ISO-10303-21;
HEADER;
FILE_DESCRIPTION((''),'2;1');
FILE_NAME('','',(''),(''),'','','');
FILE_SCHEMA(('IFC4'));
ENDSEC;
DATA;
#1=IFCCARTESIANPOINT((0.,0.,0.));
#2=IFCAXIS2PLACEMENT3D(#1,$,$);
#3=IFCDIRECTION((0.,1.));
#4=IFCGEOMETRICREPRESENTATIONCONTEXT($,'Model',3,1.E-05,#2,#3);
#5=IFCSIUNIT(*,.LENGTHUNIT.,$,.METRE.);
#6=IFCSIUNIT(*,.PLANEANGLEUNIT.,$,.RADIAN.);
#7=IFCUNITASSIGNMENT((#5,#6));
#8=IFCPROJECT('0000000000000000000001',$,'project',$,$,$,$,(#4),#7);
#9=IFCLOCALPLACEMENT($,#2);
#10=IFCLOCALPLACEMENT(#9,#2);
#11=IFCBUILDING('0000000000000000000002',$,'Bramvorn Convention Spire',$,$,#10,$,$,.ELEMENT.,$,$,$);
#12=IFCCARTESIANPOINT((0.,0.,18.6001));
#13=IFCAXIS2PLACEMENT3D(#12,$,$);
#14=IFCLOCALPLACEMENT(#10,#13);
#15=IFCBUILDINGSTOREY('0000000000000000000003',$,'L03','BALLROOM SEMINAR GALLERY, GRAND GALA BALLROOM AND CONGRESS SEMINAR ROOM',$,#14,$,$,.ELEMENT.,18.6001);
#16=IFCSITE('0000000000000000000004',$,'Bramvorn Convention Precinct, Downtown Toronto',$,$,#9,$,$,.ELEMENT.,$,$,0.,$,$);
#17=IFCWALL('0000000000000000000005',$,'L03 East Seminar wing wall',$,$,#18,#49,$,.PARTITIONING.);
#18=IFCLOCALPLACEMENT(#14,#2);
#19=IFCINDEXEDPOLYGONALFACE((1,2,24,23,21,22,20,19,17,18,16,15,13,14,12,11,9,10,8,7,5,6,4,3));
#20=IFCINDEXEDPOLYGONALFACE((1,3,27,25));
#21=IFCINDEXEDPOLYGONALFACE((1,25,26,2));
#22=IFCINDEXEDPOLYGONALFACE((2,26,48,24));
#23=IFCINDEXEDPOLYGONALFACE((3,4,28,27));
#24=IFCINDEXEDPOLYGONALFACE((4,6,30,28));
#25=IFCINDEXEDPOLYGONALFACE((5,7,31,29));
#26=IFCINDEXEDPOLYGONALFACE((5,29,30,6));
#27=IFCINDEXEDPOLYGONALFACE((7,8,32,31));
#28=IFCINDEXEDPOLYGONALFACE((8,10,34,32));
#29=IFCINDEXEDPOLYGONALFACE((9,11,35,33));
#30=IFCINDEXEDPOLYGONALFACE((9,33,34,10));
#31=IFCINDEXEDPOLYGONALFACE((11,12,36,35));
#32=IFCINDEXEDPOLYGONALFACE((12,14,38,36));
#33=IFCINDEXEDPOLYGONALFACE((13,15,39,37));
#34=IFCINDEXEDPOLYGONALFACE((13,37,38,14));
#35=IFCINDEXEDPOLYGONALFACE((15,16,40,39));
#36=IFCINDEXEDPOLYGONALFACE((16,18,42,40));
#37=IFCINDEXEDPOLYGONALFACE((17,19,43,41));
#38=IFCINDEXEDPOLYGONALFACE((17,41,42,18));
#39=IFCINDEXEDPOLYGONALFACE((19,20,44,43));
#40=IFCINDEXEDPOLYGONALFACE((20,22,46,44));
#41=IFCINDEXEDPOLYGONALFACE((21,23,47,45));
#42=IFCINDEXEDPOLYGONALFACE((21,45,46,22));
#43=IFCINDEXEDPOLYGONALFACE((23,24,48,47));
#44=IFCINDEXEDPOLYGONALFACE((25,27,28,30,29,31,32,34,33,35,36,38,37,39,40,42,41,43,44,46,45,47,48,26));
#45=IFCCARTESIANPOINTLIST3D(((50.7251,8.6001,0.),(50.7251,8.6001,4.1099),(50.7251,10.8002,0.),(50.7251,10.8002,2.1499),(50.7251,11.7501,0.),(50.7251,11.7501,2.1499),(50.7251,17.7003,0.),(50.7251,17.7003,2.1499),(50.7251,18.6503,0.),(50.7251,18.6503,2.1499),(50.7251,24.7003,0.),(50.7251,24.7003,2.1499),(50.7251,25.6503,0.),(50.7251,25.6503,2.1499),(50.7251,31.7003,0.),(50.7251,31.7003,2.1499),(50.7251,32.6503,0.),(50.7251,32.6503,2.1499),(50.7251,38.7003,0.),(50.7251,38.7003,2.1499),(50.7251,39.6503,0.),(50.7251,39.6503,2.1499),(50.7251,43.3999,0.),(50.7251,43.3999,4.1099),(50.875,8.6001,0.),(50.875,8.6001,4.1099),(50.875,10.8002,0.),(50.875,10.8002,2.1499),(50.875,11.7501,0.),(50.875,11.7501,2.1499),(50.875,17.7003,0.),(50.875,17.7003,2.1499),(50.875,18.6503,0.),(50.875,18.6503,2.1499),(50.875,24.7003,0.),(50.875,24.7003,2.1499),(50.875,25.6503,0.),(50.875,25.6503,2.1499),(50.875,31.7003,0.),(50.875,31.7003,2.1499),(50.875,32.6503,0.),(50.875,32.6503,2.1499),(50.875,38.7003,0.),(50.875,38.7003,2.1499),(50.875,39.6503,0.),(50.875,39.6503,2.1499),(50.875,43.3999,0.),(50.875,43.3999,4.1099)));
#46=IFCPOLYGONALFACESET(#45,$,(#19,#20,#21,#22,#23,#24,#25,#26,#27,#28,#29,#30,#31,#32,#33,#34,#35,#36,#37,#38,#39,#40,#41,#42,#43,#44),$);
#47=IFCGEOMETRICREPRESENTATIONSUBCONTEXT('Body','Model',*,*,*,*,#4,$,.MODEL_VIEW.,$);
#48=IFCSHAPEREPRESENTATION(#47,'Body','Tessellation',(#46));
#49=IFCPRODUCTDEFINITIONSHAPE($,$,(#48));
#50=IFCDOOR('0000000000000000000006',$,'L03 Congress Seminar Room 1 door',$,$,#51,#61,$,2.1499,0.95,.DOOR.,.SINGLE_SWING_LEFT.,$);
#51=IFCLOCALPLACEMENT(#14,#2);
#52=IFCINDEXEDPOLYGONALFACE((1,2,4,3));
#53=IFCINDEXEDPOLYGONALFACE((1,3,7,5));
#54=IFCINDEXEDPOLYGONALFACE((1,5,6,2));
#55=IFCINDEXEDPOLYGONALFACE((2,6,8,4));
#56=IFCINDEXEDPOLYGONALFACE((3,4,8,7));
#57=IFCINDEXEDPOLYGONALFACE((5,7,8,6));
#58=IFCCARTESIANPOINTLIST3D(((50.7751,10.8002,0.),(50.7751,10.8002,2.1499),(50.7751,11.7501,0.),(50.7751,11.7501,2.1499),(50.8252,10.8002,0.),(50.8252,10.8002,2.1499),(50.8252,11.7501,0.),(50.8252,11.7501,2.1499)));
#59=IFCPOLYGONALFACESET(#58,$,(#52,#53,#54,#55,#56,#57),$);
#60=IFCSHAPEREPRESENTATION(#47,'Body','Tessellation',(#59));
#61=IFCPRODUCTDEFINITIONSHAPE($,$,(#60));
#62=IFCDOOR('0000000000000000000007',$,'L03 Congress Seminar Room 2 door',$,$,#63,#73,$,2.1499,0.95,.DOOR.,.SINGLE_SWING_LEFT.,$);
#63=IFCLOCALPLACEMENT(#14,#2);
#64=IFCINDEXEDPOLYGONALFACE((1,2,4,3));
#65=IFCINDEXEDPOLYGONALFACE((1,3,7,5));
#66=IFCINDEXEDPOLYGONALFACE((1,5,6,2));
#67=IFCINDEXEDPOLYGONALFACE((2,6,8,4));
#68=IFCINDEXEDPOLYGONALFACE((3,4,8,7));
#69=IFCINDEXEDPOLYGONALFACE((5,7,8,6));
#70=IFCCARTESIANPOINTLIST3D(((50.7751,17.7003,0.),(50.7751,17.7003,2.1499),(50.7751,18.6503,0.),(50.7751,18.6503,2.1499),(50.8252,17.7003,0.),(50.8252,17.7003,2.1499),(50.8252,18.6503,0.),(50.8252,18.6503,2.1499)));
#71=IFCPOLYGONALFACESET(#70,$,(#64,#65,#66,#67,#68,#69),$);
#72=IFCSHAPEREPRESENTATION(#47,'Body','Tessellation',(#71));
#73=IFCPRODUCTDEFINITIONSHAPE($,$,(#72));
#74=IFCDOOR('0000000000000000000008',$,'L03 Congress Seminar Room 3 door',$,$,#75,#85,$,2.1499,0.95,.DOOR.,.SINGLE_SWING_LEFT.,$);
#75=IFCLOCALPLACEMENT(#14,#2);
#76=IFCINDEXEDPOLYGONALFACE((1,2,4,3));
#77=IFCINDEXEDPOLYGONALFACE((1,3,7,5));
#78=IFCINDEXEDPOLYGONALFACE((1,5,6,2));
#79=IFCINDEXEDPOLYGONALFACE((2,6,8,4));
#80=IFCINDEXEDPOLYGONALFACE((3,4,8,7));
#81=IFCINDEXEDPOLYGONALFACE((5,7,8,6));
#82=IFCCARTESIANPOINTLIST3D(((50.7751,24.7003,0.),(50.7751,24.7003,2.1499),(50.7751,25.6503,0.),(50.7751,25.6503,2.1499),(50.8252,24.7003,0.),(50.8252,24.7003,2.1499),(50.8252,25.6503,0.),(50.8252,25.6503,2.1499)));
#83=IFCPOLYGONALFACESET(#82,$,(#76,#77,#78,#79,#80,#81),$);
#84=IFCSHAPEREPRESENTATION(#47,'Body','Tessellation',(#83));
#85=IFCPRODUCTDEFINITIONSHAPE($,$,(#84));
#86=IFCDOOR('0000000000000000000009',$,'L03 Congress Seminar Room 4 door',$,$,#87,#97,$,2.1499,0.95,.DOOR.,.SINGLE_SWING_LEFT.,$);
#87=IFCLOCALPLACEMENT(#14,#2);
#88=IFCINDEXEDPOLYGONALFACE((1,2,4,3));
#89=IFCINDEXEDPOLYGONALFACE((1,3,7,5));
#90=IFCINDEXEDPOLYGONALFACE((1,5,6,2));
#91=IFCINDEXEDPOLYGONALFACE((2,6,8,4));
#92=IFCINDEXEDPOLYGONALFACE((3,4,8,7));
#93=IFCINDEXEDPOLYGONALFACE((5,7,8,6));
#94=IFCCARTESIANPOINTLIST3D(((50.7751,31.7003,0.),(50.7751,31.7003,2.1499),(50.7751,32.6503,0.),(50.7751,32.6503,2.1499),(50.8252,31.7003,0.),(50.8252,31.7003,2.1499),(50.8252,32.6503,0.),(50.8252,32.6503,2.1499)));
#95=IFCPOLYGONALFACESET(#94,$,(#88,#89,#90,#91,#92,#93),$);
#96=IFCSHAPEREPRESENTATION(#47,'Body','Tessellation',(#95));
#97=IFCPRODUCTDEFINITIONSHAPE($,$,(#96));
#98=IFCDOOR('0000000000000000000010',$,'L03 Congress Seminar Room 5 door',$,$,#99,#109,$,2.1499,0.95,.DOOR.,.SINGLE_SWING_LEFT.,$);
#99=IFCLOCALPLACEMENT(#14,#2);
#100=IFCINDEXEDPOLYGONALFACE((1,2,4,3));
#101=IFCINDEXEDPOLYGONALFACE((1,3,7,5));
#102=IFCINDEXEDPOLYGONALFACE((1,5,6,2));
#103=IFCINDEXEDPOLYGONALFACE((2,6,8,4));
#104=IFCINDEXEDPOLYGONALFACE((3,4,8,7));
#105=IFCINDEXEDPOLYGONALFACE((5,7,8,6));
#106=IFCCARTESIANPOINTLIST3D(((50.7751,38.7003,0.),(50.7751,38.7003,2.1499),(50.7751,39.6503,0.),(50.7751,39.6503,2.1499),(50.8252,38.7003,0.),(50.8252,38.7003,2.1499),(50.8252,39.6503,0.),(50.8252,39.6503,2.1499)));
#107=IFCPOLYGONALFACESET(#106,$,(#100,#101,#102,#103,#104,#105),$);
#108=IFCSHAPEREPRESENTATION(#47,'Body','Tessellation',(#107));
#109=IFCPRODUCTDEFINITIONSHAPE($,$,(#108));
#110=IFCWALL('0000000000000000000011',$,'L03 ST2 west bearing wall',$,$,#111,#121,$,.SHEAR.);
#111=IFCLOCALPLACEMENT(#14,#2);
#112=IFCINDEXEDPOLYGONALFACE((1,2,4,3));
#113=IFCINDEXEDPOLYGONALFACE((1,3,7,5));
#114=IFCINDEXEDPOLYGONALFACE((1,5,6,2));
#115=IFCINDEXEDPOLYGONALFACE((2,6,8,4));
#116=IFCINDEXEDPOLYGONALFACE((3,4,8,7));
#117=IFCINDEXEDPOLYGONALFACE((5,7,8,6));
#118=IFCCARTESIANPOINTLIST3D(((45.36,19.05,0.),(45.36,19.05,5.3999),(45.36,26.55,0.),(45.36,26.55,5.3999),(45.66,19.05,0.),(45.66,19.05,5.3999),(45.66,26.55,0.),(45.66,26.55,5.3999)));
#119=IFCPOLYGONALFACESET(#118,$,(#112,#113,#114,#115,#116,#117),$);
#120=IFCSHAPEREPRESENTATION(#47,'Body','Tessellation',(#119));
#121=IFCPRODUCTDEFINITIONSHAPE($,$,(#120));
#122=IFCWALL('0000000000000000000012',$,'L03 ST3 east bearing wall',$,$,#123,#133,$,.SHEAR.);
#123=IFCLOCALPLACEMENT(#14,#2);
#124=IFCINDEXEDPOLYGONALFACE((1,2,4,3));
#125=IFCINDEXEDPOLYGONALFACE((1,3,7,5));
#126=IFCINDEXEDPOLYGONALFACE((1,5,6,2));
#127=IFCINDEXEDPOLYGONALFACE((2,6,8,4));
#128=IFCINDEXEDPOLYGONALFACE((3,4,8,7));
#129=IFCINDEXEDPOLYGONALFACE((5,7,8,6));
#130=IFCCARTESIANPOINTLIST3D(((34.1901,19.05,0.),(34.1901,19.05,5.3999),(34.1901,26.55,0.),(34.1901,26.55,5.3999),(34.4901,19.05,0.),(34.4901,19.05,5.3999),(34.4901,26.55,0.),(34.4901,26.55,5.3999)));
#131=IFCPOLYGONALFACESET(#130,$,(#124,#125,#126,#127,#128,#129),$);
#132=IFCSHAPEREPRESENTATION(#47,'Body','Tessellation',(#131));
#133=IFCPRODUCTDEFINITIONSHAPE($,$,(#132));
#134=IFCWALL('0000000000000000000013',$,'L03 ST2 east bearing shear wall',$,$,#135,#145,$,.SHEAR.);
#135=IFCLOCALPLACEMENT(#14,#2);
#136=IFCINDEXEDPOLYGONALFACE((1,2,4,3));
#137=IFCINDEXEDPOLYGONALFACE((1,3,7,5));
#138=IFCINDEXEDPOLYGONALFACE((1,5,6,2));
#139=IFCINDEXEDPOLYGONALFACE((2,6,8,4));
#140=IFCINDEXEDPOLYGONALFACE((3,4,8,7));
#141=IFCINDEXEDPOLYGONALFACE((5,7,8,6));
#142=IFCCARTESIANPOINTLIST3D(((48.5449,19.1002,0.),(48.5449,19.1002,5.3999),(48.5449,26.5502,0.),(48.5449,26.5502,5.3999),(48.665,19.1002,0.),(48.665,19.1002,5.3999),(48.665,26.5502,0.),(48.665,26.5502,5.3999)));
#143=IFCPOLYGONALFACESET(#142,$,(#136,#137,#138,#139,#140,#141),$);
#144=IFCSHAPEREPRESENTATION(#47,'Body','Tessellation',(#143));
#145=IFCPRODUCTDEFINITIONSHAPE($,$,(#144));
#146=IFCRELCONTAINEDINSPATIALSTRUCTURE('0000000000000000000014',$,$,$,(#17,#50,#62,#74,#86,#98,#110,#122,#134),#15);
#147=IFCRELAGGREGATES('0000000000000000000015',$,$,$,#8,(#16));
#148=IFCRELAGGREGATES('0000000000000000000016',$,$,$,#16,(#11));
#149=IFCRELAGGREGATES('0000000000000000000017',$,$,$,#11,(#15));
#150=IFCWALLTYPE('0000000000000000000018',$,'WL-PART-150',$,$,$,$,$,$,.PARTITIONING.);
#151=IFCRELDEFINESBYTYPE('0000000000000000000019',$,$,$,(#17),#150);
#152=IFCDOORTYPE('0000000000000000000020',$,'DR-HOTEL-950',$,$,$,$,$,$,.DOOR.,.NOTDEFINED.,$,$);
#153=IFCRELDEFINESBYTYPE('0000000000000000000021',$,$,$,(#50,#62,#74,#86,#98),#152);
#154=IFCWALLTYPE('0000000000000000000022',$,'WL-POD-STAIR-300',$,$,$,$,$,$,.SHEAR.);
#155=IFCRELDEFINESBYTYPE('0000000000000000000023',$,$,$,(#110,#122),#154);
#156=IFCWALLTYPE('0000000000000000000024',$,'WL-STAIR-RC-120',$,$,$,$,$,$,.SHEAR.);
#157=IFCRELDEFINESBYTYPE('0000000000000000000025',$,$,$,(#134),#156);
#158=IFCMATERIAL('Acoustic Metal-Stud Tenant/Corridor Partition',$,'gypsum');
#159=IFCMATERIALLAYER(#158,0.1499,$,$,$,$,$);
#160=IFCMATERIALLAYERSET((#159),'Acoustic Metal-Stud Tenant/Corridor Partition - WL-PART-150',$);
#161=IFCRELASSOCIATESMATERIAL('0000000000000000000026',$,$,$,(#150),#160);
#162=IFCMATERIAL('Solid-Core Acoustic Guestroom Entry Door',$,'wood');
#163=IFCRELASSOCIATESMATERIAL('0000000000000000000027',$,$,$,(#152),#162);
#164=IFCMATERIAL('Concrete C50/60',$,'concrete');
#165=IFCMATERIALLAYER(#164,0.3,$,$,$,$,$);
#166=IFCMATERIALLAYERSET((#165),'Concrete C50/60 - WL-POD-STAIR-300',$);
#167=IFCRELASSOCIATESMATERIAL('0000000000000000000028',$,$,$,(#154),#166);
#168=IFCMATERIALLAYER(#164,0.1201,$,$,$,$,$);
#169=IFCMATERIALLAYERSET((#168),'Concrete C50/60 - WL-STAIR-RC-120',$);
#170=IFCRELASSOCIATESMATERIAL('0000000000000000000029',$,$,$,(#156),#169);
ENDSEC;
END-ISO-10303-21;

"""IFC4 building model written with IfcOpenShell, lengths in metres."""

from ifc_helpers import new_model, si_unit, direction, frame, frame_2d, origin, place, context, subcontext, project, spatial, rectangle, extrude, material, layer, layer_set, type_object, element, fill, save


model = new_model("IFC4")

# Units and contexts
model_context = context("Model", 3, precision=1e-05, world=origin(), true_north=direction((0.0, 1.0)))
body_context = subcontext(model_context, "Body", "Model", "MODEL_VIEW")
ifc_project = project(units=[si_unit("LENGTHUNIT", "METRE"), si_unit("PLANEANGLEUNIT", "RADIAN")], contexts=[model_context])

# Site, building, storey
site_placement = place(None, origin())
site = spatial("IfcSite", under=ifc_project, at=site_placement, Name="Bramvorn Convention Precinct, Downtown Toronto", CompositionType="ELEMENT", RefElevation=0.0)
building_placement = place(site_placement, origin())
building = spatial("IfcBuilding", under=site, at=building_placement, Name="Bramvorn Convention Spire", CompositionType="ELEMENT")
storey_placement = place(building_placement, frame((0.0, 0.0, 18.6001)))
storey = spatial("IfcBuildingStorey", under=building, at=storey_placement, Name="L03", Description="BALLROOM SEMINAR GALLERY, GRAND GALA BALLROOM AND CONGRESS SEMINAR ROOM", CompositionType="ELEMENT", Elevation=18.6001)

# Shared definitions
ifc_material_1 = material(Name="Concrete C50/60", Category="concrete")

# Wall, openings, doors
ifc_material_2 = material(Name="Acoustic Metal-Stud Tenant/Corridor Partition", Category="gypsum")
ifc_layer_1 = layer(ifc_material_2, 0.1499)
ifc_layer_set_1 = layer_set([ifc_layer_1], Name="Acoustic Metal-Stud Tenant/Corridor Partition - WL-PART-150")
wall_type_1 = type_object("IfcWallType", Name="WL-PART-150", PredefinedType="PARTITIONING", material=ifc_layer_set_1)
wall_1_placement = place(storey_placement, frame((50.8, 8.6001, 0.0), z_axis=(0.0, 0.0, 1.0), x_axis=(0.0, 1.0, 0.0)))
wall_1 = element("IfcWall", 1, at=wall_1_placement, inside=storey, type_object=wall_type_1, Name="L03 East Seminar wing wall", PredefinedType="PARTITIONING", context=body_context, shape_type="SweptSolid", body=[
    extrude(rectangle(XDim=34.7998, YDim=0.1499, at=frame_2d((17.3999, 0.0))), origin(), (0.0, 0.0, 1.0), 4.1099),
])
opening_1_placement = place(wall_1_placement, frame((2.2, 0.0, 0.0)))
opening_1 = element("IfcOpeningElement", 2, at=opening_1_placement, cuts=wall_1, PredefinedType="OPENING", context=body_context, shape_type="SweptSolid", body=[
    extrude(rectangle(XDim=0.95, YDim=2.1499, at=frame_2d((0.4751, 1.075))), frame((0.0, 0.085, 0.0), z_axis=(0.0, -1.0, 0.0), x_axis=(1.0, 0.0, 0.0)), (0.0, 0.0, 1.0), 0.1699),
])
opening_2_placement = place(wall_1_placement, frame((9.1001, 0.0, 0.0)))
opening_2 = element("IfcOpeningElement", 3, at=opening_2_placement, cuts=wall_1, PredefinedType="OPENING", context=body_context, shape_type="SweptSolid", body=[
    extrude(rectangle(XDim=0.95, YDim=2.1499, at=frame_2d((0.4751, 1.075))), frame((0.0, 0.085, 0.0), z_axis=(0.0, -1.0, 0.0), x_axis=(1.0, 0.0, 0.0)), (0.0, 0.0, 1.0), 0.1699),
])
opening_3_placement = place(wall_1_placement, frame((16.1001, 0.0, 0.0)))
opening_3 = element("IfcOpeningElement", 4, at=opening_3_placement, cuts=wall_1, PredefinedType="OPENING", context=body_context, shape_type="SweptSolid", body=[
    extrude(rectangle(XDim=0.95, YDim=2.1499, at=frame_2d((0.4751, 1.075))), frame((0.0, 0.085, 0.0), z_axis=(0.0, -1.0, 0.0), x_axis=(1.0, 0.0, 0.0)), (0.0, 0.0, 1.0), 0.1699),
])
opening_4_placement = place(wall_1_placement, frame((23.1001, 0.0, 0.0)))
opening_4 = element("IfcOpeningElement", 5, at=opening_4_placement, cuts=wall_1, PredefinedType="OPENING", context=body_context, shape_type="SweptSolid", body=[
    extrude(rectangle(XDim=0.95, YDim=2.1499, at=frame_2d((0.4751, 1.075))), frame((0.0, 0.085, 0.0), z_axis=(0.0, -1.0, 0.0), x_axis=(1.0, 0.0, 0.0)), (0.0, 0.0, 1.0), 0.1699),
])
opening_5_placement = place(wall_1_placement, frame((30.1001, 0.0, 0.0)))
opening_5 = element("IfcOpeningElement", 6, at=opening_5_placement, cuts=wall_1, PredefinedType="OPENING", context=body_context, shape_type="SweptSolid", body=[
    extrude(rectangle(XDim=0.95, YDim=2.1499, at=frame_2d((0.4751, 1.075))), frame((0.0, 0.085, 0.0), z_axis=(0.0, -1.0, 0.0), x_axis=(1.0, 0.0, 0.0)), (0.0, 0.0, 1.0), 0.1699),
])
ifc_material_3 = material(Name="Solid-Core Acoustic Guestroom Entry Door", Category="wood")
door_type = type_object("IfcDoorType", Name="DR-HOTEL-950", OperationType="NOTDEFINED", PredefinedType="DOOR", material=ifc_material_3)
door_1_placement = place(opening_1_placement, origin())
door_1 = element("IfcDoor", 7, at=door_1_placement, inside=storey, type_object=door_type, Name="L03 Congress Seminar Room 1 door", OperationType="SINGLE_SWING_LEFT", OverallHeight=2.1499, OverallWidth=0.95, PredefinedType="DOOR", context=body_context, shape_type="SweptSolid", body=[
    extrude(rectangle(XDim=0.95, YDim=2.1499, at=frame_2d((0.4751, 1.075))), frame((0.0, 0.0249, 0.0), z_axis=(0.0, -1.0, 0.0), x_axis=(1.0, 0.0, 0.0)), (0.0, 0.0, 1.0), 0.05),
])
fill(opening_1, door_1)
door_2_placement = place(opening_2_placement, origin())
door_2 = element("IfcDoor", 8, at=door_2_placement, inside=storey, type_object=door_type, Name="L03 Congress Seminar Room 2 door", OperationType="SINGLE_SWING_LEFT", OverallHeight=2.1499, OverallWidth=0.95, PredefinedType="DOOR", context=body_context, shape_type="SweptSolid", body=[
    extrude(rectangle(XDim=0.95, YDim=2.1499, at=frame_2d((0.4751, 1.075))), frame((0.0, 0.0249, 0.0), z_axis=(0.0, -1.0, 0.0), x_axis=(1.0, 0.0, 0.0)), (0.0, 0.0, 1.0), 0.05),
])
fill(opening_2, door_2)
door_3_placement = place(opening_3_placement, origin())
door_3 = element("IfcDoor", 9, at=door_3_placement, inside=storey, type_object=door_type, Name="L03 Congress Seminar Room 3 door", OperationType="SINGLE_SWING_LEFT", OverallHeight=2.1499, OverallWidth=0.95, PredefinedType="DOOR", context=body_context, shape_type="SweptSolid", body=[
    extrude(rectangle(XDim=0.95, YDim=2.1499, at=frame_2d((0.4751, 1.075))), frame((0.0, 0.0249, 0.0), z_axis=(0.0, -1.0, 0.0), x_axis=(1.0, 0.0, 0.0)), (0.0, 0.0, 1.0), 0.05),
])
fill(opening_3, door_3)
door_4_placement = place(opening_4_placement, origin())
door_4 = element("IfcDoor", 10, at=door_4_placement, inside=storey, type_object=door_type, Name="L03 Congress Seminar Room 4 door", OperationType="SINGLE_SWING_LEFT", OverallHeight=2.1499, OverallWidth=0.95, PredefinedType="DOOR", context=body_context, shape_type="SweptSolid", body=[
    extrude(rectangle(XDim=0.95, YDim=2.1499, at=frame_2d((0.4751, 1.075))), frame((0.0, 0.0249, 0.0), z_axis=(0.0, -1.0, 0.0), x_axis=(1.0, 0.0, 0.0)), (0.0, 0.0, 1.0), 0.05),
])
fill(opening_4, door_4)
door_5_placement = place(opening_5_placement, origin())
door_5 = element("IfcDoor", 11, at=door_5_placement, inside=storey, type_object=door_type, Name="L03 Congress Seminar Room 5 door", OperationType="SINGLE_SWING_LEFT", OverallHeight=2.1499, OverallWidth=0.95, PredefinedType="DOOR", context=body_context, shape_type="SweptSolid", body=[
    extrude(rectangle(XDim=0.95, YDim=2.1499, at=frame_2d((0.4751, 1.075))), frame((0.0, 0.0249, 0.0), z_axis=(0.0, -1.0, 0.0), x_axis=(1.0, 0.0, 0.0)), (0.0, 0.0, 1.0), 0.05),
])
fill(opening_5, door_5)

# Walls
ifc_layer_2 = layer(ifc_material_1, 0.3)
ifc_layer_set_2 = layer_set([ifc_layer_2], Name="Concrete C50/60 - WL-POD-STAIR-300")
wall_type_2 = type_object("IfcWallType", Name="WL-POD-STAIR-300", PredefinedType="SHEAR", material=ifc_layer_set_2)
for number, where, z_axis, x_axis, name in (
    (12, (45.51, 19.05, 0.0), (0.0, 0.0, 1.0), (0.0, 1.0, 0.0), "L03 ST2 west bearing wall"),
    (13, (34.3401, 19.05, 0.0), (0.0, 0.0, 1.0), (0.0, 1.0, 0.0), "L03 ST3 east bearing wall"),
):
    element("IfcWall", number, at=place(storey_placement, frame(where, z_axis=z_axis, x_axis=x_axis)), inside=storey, type_object=wall_type_2, Name=name, PredefinedType="SHEAR", context=body_context, shape_type="SweptSolid", body=[
        extrude(rectangle(XDim=7.5, YDim=0.3, at=frame_2d((3.75, 0.0))), origin(), (0.0, 0.0, 1.0), 5.3999),
    ])
ifc_layer_3 = layer(ifc_material_1, 0.1201)
ifc_layer_set_3 = layer_set([ifc_layer_3], Name="Concrete C50/60 - WL-STAIR-RC-120")
wall_type_3 = type_object("IfcWallType", Name="WL-STAIR-RC-120", PredefinedType="SHEAR", material=ifc_layer_set_3)
wall_2_placement = place(storey_placement, frame((48.605, 19.1001, 0.0), z_axis=(0.0, 0.0, 1.0), x_axis=(0.0, 1.0, 0.0)))
element("IfcWall", 14, at=wall_2_placement, inside=storey, type_object=wall_type_3, Name="L03 ST2 east bearing shear wall", PredefinedType="SHEAR", context=body_context, shape_type="SweptSolid", body=[
    extrude(rectangle(XDim=7.45, YDim=0.1201, at=frame_2d((3.7251, 0.0))), origin(), (0.0, 0.0, 1.0), 5.3999),
])

save(model, "model.ifc")
